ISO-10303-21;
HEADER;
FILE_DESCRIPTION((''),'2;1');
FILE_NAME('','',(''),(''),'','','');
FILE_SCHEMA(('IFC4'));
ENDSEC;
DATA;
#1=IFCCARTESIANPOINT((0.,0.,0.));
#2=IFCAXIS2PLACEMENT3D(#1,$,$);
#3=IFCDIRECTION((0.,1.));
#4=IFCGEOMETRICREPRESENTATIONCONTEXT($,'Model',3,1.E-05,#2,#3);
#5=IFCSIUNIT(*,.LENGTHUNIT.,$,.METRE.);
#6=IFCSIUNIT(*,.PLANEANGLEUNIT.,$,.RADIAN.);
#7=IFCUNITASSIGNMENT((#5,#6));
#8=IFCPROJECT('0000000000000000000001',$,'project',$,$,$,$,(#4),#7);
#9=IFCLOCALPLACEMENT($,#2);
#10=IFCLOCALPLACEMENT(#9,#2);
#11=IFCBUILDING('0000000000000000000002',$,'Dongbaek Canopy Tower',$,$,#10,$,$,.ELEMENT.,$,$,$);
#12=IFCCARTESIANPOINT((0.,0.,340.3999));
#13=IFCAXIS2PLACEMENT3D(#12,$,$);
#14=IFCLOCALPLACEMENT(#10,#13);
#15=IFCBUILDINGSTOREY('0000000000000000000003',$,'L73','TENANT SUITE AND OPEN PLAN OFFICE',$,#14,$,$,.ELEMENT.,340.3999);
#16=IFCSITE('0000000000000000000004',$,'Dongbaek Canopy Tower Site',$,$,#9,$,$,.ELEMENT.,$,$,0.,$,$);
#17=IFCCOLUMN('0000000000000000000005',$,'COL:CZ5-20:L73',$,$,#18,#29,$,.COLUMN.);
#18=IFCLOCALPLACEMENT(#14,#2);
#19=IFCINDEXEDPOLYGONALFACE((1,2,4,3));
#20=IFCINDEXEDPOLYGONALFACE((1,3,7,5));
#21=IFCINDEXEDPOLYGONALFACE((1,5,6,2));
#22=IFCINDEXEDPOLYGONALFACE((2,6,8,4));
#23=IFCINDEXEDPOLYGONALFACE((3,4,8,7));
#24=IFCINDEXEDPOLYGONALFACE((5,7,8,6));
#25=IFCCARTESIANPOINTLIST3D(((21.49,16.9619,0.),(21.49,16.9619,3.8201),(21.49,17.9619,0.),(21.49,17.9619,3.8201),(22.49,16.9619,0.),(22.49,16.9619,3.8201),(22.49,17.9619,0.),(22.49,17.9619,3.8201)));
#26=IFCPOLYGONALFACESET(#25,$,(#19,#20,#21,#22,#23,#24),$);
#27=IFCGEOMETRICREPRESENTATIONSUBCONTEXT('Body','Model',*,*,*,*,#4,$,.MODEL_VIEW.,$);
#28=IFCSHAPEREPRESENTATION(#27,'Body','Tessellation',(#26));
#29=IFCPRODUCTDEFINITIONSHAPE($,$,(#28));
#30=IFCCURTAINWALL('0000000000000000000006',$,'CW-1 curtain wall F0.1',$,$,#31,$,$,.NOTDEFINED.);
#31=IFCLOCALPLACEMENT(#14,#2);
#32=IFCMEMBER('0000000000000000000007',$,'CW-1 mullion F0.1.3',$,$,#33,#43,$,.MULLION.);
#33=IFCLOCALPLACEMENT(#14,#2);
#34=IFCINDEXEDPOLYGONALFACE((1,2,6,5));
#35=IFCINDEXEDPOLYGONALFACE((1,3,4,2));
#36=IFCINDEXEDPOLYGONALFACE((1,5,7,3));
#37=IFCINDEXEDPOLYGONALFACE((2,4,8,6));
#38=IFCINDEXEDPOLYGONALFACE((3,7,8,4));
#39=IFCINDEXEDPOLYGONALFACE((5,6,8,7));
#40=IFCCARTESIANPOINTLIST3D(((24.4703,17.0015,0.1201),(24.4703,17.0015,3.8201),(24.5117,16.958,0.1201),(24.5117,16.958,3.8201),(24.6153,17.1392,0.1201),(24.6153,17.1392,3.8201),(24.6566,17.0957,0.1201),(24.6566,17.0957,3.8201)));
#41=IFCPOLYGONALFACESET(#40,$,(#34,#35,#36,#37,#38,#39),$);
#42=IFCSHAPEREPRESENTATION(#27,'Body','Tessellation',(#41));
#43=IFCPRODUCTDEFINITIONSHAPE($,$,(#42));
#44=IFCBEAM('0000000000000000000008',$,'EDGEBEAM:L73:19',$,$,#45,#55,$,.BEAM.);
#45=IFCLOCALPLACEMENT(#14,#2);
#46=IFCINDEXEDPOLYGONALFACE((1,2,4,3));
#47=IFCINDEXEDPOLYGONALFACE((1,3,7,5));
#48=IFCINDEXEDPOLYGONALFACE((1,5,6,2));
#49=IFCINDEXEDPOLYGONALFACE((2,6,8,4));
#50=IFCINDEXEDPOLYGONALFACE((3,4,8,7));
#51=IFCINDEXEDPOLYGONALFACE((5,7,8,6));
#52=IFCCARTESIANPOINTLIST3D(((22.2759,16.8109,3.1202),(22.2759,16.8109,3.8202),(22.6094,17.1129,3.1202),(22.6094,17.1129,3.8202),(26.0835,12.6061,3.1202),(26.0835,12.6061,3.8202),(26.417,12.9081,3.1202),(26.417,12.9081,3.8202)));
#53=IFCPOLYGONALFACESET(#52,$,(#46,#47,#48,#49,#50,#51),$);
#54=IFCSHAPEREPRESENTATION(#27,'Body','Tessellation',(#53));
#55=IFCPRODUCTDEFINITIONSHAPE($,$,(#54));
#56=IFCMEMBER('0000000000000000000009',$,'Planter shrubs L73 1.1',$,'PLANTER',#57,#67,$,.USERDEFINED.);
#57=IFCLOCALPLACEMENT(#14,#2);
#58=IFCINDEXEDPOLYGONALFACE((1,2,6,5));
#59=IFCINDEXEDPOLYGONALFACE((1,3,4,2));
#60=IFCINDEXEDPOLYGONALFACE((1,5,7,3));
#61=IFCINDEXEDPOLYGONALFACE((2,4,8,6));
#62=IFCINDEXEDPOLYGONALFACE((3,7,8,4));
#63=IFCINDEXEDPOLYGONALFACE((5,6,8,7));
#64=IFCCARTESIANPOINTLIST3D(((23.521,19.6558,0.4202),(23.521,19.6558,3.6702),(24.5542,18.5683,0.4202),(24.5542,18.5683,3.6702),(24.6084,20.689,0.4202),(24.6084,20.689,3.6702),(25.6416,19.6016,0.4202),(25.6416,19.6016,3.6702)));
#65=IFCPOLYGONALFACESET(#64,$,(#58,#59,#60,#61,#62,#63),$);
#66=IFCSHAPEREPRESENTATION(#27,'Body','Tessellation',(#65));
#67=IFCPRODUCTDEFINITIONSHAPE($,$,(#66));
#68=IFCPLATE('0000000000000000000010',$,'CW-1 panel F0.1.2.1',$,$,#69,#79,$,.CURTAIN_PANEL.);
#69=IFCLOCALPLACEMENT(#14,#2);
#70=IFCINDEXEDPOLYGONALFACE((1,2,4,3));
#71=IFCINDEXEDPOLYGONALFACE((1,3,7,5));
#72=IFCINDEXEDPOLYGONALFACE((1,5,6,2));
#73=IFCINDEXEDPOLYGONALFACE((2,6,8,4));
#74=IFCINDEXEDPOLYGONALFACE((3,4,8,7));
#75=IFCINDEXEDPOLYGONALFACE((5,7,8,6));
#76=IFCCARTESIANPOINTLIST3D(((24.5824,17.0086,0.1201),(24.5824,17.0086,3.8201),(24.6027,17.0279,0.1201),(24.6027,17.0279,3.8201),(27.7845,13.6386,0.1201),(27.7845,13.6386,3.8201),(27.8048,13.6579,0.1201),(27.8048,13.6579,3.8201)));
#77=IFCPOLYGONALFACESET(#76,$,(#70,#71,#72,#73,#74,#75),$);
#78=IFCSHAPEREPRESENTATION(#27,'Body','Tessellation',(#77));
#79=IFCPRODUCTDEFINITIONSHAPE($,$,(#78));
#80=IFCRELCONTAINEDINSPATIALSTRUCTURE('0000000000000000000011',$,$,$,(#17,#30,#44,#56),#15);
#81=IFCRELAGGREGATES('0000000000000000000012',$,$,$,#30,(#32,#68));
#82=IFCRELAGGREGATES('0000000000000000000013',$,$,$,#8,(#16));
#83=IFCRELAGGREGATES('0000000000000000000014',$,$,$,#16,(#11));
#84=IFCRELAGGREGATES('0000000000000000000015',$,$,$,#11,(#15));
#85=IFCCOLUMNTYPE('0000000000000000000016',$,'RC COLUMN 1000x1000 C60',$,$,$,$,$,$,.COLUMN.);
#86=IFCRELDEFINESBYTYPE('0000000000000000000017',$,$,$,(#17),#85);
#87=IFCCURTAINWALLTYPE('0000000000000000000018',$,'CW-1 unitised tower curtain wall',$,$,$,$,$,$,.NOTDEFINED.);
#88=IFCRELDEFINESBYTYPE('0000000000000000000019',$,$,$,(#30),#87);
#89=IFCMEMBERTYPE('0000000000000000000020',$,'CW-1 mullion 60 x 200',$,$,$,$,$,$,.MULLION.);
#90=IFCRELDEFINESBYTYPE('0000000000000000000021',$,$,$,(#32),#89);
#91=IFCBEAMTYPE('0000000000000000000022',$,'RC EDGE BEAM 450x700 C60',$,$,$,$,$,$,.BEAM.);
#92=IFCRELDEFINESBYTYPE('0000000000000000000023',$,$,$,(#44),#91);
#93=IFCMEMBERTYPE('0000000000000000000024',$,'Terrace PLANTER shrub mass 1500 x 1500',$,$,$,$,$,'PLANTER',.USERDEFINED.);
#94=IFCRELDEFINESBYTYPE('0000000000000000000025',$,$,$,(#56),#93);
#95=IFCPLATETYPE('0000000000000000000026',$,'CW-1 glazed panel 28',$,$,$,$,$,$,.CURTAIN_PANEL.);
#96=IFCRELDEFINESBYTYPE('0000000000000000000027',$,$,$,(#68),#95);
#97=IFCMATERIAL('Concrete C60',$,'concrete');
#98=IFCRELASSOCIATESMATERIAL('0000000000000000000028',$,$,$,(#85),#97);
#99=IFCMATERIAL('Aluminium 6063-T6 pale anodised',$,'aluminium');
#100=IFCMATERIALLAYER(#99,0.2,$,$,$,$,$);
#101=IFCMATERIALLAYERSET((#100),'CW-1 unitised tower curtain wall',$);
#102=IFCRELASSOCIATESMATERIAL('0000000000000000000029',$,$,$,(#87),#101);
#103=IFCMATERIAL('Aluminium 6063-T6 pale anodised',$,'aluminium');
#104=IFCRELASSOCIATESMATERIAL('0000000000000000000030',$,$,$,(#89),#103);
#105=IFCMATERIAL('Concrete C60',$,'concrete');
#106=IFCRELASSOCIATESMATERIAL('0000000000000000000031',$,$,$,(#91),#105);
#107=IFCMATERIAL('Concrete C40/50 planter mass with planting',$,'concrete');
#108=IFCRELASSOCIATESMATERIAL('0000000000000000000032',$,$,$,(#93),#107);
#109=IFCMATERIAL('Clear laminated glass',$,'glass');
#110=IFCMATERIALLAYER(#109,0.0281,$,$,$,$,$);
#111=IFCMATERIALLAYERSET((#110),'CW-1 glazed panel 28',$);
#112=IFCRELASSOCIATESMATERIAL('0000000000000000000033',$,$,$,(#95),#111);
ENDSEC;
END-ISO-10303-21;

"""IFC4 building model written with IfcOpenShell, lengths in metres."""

from ifc_helpers import new_model, si_unit, direction, frame, origin, origin_2d, place, context, subcontext, project, spatial, rectangle, extrude, material, layer, layer_set, material_profile, profile_set, type_object, element, aggregate, save


model = new_model("IFC4")

# Units and contexts
model_context = context("Model", 3, precision=1e-05, world=origin(), true_north=direction((0.0, 1.0)))
body_context = subcontext(model_context, "Body", "Model", "MODEL_VIEW")
ifc_project = project(units=[si_unit("LENGTHUNIT", "METRE"), si_unit("PLANEANGLEUNIT", "RADIAN")], contexts=[model_context])

# Site, building, storey
site_placement = place(None, origin())
site = spatial("IfcSite", under=ifc_project, at=site_placement, Name="Dongbaek Canopy Tower Site", CompositionType="ELEMENT", RefElevation=0.0)
building_placement = place(site_placement, origin())
building = spatial("IfcBuilding", under=site, at=building_placement, Name="Dongbaek Canopy Tower", CompositionType="ELEMENT")
storey_placement = place(building_placement, frame((0.0, 0.0, 340.3999)))
storey = spatial("IfcBuildingStorey", under=building, at=storey_placement, Name="L73", Description="TENANT SUITE AND OPEN PLAN OFFICE", CompositionType="ELEMENT", Elevation=340.3999)

# Column
ifc_material_1 = material(Name="Concrete C60", Category="concrete")
ifc_material_profile_1 = material_profile(ifc_material_1, rectangle(XDim=1.0, YDim=1.0, at=origin_2d()), Name="RC COLUMN 1000x1000 C60")
ifc_profile_set_1 = profile_set([ifc_material_profile_1], Name="Concrete C60")
column_type = type_object("IfcColumnType", Name="RC COLUMN 1000x1000 C60", PredefinedType="COLUMN", material=ifc_profile_set_1)
column_placement = place(storey_placement, frame((21.99, 17.4619, 0.0), z_axis=(0.0, 0.0, 1.0), x_axis=(1.0, 0.0, 0.0)))
element("IfcColumn", 1, at=column_placement, inside=storey, type_object=column_type, Name="COL:CZ5-20:L73", PredefinedType="COLUMN", context=body_context, shape_type="SweptSolid", body=[
    extrude(rectangle(XDim=1.0, YDim=1.0, at=origin_2d()), origin(), (0.0, 0.0, 1.0), 3.8201),
])

# Curtain wall, member
ifc_material_2 = material(Name="Aluminium 6063-T6 pale anodised", Category="aluminium")
ifc_layer_1 = layer(ifc_material_2, 0.2)
ifc_layer_set_1 = layer_set([ifc_layer_1], Name="CW-1 unitised tower curtain wall")
curtain_wall_type = type_object("IfcCurtainWallType", Name="CW-1 unitised tower curtain wall", PredefinedType="NOTDEFINED", material=ifc_layer_set_1)
curtain_wall_placement = place(storey_placement, origin())
curtain_wall = element("IfcCurtainWall", 2, at=curtain_wall_placement, inside=storey, type_object=curtain_wall_type, Name="CW-1 curtain wall F0.1", PredefinedType="NOTDEFINED")
ifc_material_3 = material(Name="Aluminium 6063-T6 pale anodised", Category="aluminium")
ifc_material_profile_2 = material_profile(ifc_material_3, rectangle(XDim=0.2, YDim=0.0601, at=origin_2d()), Name="CW-1 mullion 60 x 200")
ifc_profile_set_2 = profile_set([ifc_material_profile_2], Name="Aluminium 6063-T6 pale anodised")
member_type_1 = type_object("IfcMemberType", Name="CW-1 mullion 60 x 200", PredefinedType="MULLION", material=ifc_profile_set_2)
member_1_placement = place(storey_placement, frame((24.5635, 17.0486, 0.1201), z_axis=(0.0, 0.0, 1.0), x_axis=(0.72494, 0.688812, 0.0)))
member_1 = element("IfcMember", 3, at=member_1_placement, type_object=member_type_1, Name="CW-1 mullion F0.1.3", PredefinedType="MULLION", context=body_context, shape_type="SweptSolid", body=[
    extrude(rectangle(XDim=0.2, YDim=0.0601, at=origin_2d()), origin(), (0.0, 0.0, 1.0), 3.7),
])

# Beam
ifc_material_4 = material(Name="Concrete C60", Category="concrete")
ifc_material_profile_3 = material_profile(ifc_material_4, rectangle(XDim=0.45, YDim=0.7, at=origin_2d()), Name="RC EDGE BEAM 450x700 C60")
ifc_profile_set_3 = profile_set([ifc_material_profile_3], Name="Concrete C60")
beam_type = type_object("IfcBeamType", Name="RC EDGE BEAM 450x700 C60", PredefinedType="BEAM", material=ifc_profile_set_3)
beam_placement = place(storey_placement, frame((22.4426, 16.9619, 3.4702), z_axis=(0.671228, -0.741251, 0.0), x_axis=(0.741251, 0.671228, 0.0)))
element("IfcBeam", 4, at=beam_placement, inside=storey, type_object=beam_type, Name="EDGEBEAM:L73:19", PredefinedType="BEAM", context=body_context, shape_type="SweptSolid", body=[
    extrude(rectangle(XDim=0.45, YDim=0.7, at=origin_2d()), origin(), (0.0, 0.0, 1.0), 5.6726),
])

# Member
ifc_material_5 = material(Name="Concrete C40/50 planter mass with planting", Category="concrete")
ifc_material_profile_4 = material_profile(ifc_material_5, rectangle(XDim=1.5, YDim=1.5, at=origin_2d()), Name="Terrace PLANTER shrub mass 1500 x 1500")
ifc_profile_set_4 = profile_set([ifc_material_profile_4], Name="Concrete C40/50 planter mass with planting")
member_type_2 = type_object("IfcMemberType", Name="Terrace PLANTER shrub mass 1500 x 1500", ElementType="PLANTER", PredefinedType="USERDEFINED", material=ifc_profile_set_4)
member_2_placement = place(storey_placement, frame((24.5813, 19.6287, 0.4202), z_axis=(0.0, 0.0, 1.0), x_axis=(0.72494, 0.688812, 0.0)))
element("IfcMember", 5, at=member_2_placement, inside=storey, type_object=member_type_2, Name="Planter shrubs L73 1.1", ObjectType="PLANTER", PredefinedType="USERDEFINED", context=body_context, shape_type="SweptSolid", body=[
    extrude(rectangle(XDim=1.5, YDim=1.5, at=origin_2d()), origin(), (0.0, 0.0, 1.0), 3.25),
])

# Plate
ifc_material_6 = material(Name="Clear laminated glass", Category="glass")
ifc_layer_2 = layer(ifc_material_6, 0.0281)
ifc_layer_set_2 = layer_set([ifc_layer_2], Name="CW-1 glazed panel 28")
plate_type = type_object("IfcPlateType", Name="CW-1 glazed panel 28", PredefinedType="CURTAIN_PANEL", material=ifc_layer_set_2)
plate_placement = place(storey_placement, frame((26.1936, 15.3333, 0.1201), z_axis=(0.0, 0.0, 1.0), x_axis=(-0.688812, 0.72494, 0.0)))
plate = element("IfcPlate", 6, at=plate_placement, type_object=plate_type, Name="CW-1 panel F0.1.2.1", PredefinedType="CURTAIN_PANEL", context=body_context, shape_type="SweptSolid", body=[
    extrude(rectangle(XDim=4.6487, YDim=0.0281, at=origin_2d()), origin(), (0.0, 0.0, 1.0), 3.7),
])

aggregate(curtain_wall, [member_1, plate])

save(model, "model.ifc")
